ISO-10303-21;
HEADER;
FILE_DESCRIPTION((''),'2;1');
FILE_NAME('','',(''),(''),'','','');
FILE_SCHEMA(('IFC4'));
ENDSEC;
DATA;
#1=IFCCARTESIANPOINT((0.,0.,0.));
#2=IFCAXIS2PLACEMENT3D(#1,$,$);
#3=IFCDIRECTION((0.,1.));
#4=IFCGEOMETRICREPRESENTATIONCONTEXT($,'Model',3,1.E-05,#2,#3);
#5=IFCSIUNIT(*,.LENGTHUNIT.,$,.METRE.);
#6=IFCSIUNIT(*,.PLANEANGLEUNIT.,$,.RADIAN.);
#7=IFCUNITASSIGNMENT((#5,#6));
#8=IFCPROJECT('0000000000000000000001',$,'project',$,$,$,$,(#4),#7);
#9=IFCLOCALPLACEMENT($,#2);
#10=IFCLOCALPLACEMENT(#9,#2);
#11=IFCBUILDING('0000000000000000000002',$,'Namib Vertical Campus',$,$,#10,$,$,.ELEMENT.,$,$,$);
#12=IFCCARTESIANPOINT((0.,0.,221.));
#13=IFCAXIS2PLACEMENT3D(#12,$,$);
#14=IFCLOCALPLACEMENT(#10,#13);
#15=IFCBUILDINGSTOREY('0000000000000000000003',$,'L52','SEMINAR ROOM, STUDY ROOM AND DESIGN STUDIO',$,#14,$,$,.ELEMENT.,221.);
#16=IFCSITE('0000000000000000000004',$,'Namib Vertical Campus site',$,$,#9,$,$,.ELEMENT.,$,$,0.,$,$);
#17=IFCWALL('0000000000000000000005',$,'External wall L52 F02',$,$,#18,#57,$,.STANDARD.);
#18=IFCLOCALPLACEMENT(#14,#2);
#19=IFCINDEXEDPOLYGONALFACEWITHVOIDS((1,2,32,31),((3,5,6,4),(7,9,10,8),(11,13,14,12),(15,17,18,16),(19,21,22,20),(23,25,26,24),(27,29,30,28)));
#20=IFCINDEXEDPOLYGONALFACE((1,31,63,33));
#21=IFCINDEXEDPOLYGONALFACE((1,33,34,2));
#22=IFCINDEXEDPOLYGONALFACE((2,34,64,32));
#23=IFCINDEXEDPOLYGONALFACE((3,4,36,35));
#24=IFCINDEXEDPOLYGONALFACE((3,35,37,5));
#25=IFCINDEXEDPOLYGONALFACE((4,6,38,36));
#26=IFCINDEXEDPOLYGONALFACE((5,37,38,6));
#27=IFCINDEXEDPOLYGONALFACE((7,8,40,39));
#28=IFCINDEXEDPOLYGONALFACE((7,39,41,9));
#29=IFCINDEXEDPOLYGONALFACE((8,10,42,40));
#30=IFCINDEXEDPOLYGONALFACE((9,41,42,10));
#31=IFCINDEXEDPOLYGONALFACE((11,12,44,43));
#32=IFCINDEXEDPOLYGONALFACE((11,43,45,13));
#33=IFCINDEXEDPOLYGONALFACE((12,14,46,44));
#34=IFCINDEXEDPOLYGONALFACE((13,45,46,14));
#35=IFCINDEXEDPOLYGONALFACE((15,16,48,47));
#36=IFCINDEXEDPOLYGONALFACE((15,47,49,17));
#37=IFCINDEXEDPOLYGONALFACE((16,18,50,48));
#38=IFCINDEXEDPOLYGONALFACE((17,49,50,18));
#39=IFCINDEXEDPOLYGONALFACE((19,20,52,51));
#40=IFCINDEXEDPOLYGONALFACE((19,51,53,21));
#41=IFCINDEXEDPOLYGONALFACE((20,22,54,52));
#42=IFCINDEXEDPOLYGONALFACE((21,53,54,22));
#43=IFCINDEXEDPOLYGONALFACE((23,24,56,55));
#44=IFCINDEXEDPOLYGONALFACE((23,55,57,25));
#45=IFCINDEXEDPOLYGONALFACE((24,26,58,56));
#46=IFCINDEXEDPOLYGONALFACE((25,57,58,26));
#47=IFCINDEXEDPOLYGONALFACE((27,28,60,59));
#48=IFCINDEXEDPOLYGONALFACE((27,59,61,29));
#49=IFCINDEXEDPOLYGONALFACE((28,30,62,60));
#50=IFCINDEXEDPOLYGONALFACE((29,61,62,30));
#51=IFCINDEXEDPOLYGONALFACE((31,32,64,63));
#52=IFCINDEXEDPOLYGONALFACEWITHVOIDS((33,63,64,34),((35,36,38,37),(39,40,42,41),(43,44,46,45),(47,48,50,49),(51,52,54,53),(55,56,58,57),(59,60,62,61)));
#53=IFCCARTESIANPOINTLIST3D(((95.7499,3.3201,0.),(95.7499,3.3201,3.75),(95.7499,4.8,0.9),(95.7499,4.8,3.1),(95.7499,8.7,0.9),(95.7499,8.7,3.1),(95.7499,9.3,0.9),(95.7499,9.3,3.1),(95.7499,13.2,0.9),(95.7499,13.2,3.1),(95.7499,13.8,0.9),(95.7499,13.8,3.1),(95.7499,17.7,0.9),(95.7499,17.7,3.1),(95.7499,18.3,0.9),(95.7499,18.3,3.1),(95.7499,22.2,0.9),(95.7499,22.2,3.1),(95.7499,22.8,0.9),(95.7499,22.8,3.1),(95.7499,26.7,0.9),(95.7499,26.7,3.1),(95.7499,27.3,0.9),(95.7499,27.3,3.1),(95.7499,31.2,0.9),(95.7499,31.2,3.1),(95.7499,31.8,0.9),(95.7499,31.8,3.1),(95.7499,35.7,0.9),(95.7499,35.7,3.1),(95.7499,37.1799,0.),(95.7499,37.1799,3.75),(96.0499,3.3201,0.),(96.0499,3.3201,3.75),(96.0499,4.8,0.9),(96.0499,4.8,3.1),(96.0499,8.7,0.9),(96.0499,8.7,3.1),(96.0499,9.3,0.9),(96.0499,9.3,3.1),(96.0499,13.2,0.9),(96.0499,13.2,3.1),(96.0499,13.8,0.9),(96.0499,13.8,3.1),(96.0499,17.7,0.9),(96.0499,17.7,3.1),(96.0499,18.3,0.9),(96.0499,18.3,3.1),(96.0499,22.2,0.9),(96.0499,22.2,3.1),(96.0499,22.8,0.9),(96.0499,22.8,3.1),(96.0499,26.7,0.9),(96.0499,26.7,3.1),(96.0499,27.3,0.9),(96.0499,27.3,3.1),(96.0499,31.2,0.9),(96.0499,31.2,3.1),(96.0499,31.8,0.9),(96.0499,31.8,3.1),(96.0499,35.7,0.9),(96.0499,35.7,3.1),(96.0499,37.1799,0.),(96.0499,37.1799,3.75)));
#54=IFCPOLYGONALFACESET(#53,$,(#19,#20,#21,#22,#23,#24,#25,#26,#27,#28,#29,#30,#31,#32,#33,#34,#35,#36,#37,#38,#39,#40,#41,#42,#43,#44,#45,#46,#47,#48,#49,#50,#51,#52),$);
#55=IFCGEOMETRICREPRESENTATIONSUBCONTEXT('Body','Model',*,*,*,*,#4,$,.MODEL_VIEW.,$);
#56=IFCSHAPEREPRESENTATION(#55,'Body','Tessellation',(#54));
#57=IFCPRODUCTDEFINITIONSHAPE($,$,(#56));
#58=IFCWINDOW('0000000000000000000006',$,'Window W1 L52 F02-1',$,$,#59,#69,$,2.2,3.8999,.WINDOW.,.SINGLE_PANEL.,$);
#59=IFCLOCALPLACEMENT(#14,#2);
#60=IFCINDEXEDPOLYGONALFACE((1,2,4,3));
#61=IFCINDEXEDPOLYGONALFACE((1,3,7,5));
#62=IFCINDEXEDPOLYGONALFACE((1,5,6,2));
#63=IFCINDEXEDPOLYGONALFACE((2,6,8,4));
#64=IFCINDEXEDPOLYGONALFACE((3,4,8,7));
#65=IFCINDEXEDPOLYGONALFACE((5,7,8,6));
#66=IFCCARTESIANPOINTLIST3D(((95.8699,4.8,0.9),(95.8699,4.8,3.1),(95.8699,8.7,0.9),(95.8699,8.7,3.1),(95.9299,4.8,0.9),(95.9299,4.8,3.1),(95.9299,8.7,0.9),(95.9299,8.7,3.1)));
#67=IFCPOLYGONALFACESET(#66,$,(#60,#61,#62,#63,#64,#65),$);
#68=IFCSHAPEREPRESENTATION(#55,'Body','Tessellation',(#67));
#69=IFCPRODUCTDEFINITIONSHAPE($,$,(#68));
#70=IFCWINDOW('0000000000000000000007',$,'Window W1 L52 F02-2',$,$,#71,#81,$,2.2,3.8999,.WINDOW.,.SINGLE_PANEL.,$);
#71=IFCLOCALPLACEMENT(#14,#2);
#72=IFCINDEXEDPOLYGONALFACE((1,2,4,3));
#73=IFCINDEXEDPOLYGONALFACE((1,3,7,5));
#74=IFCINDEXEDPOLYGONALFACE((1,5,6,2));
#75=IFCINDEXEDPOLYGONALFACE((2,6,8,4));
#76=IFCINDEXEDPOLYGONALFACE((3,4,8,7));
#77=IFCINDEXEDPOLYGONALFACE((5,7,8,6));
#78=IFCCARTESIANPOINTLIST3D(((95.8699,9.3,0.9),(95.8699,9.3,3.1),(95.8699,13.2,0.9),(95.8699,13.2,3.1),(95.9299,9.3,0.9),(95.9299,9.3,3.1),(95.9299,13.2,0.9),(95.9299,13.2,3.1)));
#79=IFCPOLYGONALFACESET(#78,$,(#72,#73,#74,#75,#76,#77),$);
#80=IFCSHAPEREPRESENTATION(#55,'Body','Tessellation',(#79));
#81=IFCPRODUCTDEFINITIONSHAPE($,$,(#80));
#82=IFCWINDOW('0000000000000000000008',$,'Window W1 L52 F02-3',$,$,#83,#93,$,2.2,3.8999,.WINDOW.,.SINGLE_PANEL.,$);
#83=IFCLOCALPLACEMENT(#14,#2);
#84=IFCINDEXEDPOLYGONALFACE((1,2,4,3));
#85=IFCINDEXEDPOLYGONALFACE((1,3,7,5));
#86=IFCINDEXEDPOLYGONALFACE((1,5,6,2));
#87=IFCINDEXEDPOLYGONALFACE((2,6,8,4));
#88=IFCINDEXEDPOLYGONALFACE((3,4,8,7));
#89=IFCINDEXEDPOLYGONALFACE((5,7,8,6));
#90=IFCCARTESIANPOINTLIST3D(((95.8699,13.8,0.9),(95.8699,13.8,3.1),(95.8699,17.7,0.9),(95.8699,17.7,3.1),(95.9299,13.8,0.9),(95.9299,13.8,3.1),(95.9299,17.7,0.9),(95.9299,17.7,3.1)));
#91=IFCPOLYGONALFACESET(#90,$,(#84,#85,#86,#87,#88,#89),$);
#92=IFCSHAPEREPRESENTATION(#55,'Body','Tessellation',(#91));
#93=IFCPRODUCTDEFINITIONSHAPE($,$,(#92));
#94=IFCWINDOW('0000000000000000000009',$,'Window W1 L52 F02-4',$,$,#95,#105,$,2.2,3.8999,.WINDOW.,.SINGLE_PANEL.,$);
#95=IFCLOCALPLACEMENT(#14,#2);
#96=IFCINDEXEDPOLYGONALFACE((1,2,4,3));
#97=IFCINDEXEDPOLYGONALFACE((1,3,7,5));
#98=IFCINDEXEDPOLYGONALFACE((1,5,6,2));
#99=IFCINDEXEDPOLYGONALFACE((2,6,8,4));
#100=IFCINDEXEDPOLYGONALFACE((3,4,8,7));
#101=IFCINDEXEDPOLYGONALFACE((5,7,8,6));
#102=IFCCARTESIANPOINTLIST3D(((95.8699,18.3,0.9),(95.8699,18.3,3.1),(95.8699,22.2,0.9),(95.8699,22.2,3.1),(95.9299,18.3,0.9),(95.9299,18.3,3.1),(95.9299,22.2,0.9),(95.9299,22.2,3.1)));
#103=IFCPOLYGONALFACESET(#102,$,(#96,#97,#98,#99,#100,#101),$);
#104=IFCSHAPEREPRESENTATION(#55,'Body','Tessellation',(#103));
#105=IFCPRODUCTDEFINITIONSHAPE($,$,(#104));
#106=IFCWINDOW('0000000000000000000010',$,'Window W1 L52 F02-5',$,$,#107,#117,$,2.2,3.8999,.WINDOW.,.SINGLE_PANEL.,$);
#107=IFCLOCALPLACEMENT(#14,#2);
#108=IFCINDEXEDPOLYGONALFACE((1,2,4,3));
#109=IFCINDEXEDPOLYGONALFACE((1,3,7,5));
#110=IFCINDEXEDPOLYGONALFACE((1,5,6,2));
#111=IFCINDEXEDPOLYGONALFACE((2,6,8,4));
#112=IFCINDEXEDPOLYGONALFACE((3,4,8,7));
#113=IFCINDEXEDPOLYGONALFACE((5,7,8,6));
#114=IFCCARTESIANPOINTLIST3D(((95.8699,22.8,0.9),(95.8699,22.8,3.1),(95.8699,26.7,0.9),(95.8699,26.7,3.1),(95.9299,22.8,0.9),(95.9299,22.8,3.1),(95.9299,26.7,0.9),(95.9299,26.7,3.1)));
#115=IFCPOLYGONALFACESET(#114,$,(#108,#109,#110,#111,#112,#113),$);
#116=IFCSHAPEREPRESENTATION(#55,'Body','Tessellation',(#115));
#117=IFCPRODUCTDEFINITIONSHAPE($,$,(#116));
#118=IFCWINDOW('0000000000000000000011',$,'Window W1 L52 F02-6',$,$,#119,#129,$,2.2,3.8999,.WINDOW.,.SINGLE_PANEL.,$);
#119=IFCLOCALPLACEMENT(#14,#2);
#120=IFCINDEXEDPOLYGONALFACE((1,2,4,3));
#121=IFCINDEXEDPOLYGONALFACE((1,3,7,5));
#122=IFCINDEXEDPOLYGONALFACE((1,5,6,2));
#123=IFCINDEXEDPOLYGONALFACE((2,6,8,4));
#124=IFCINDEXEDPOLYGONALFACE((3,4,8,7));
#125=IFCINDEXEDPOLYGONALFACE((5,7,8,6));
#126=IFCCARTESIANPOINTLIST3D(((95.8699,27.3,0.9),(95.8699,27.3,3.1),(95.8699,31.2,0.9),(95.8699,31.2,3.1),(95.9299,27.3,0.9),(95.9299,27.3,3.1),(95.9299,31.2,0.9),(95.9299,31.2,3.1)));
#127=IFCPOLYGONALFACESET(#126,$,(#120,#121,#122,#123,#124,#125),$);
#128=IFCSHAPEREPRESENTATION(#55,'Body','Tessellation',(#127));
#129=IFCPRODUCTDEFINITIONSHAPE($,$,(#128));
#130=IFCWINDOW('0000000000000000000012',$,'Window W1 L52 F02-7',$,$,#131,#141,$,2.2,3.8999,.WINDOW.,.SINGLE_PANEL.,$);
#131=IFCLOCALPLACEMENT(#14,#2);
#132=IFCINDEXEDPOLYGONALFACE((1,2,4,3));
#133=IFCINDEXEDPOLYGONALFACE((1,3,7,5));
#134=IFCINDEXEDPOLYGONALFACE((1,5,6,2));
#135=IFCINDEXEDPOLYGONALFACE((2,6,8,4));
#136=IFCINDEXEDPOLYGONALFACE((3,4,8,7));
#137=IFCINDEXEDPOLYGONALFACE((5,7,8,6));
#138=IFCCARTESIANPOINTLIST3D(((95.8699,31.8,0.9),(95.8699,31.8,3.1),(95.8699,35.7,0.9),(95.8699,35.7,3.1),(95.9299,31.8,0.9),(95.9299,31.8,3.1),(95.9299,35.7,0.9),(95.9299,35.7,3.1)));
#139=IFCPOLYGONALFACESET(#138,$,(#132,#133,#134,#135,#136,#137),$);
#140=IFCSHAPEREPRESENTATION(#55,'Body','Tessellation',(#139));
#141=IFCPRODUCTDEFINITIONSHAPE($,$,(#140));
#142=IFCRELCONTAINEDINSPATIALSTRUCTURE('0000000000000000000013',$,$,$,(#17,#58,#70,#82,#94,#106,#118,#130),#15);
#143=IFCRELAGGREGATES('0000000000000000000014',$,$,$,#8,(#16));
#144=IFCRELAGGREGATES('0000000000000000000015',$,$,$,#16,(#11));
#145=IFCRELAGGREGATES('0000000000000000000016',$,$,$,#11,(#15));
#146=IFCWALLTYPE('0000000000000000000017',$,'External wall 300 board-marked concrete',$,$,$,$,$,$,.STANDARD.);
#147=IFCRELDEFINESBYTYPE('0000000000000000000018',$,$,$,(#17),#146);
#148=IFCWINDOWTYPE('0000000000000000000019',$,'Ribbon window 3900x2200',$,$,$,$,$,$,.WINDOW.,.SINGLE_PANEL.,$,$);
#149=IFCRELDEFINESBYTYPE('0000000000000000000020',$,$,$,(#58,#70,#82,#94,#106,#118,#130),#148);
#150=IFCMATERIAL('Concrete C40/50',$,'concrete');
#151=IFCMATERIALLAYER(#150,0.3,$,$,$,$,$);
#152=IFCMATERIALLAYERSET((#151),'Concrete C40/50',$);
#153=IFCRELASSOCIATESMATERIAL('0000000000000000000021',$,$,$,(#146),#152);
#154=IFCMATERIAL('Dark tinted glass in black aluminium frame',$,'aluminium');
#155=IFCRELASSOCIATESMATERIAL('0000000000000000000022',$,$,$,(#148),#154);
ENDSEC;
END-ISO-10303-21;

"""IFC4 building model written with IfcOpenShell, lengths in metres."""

from ifc_helpers import new_model, si_unit, direction, frame, frame_2d, origin, place, context, subcontext, project, spatial, rectangle, extrude, material, layer, layer_set, type_object, element, fill, save


model = new_model("IFC4")

# Units and contexts
model_context = context("Model", 3, precision=1e-05, world=origin(), true_north=direction((0.0, 1.0)))
body_context = subcontext(model_context, "Body", "Model", "MODEL_VIEW")
ifc_project = project(units=[si_unit("LENGTHUNIT", "METRE"), si_unit("PLANEANGLEUNIT", "RADIAN")], contexts=[model_context])

# Site, building, storey
site_placement = place(None, origin())
site = spatial("IfcSite", under=ifc_project, at=site_placement, Name="Namib Vertical Campus site", CompositionType="ELEMENT", RefElevation=0.0)
building_placement = place(site_placement, origin())
building = spatial("IfcBuilding", under=site, at=building_placement, Name="Namib Vertical Campus", CompositionType="ELEMENT")
storey_placement = place(building_placement, frame((0.0, 0.0, 221.0)))
storey = spatial("IfcBuildingStorey", under=building, at=storey_placement, Name="L52", Description="SEMINAR ROOM, STUDY ROOM AND DESIGN STUDIO", CompositionType="ELEMENT", Elevation=221.0)

# Wall, openings, windows
ifc_material_1 = material(Name="Concrete C40/50", Category="concrete")
ifc_layer_1 = layer(ifc_material_1, 0.3)
ifc_layer_set_1 = layer_set([ifc_layer_1], Name="Concrete C40/50")
wall_type_1 = type_object("IfcWallType", Name="External wall 300 board-marked concrete", PredefinedType="STANDARD", material=ifc_layer_set_1)
wall_1_placement = place(storey_placement, frame((95.8999, 3.3201, 0.0), z_axis=(0.0, 0.0, 1.0), x_axis=(0.0, 1.0, 0.0)))
wall_1 = element("IfcWall", 1, at=wall_1_placement, inside=storey, type_object=wall_type_1, Name="External wall L52 F02", PredefinedType="STANDARD", context=body_context, shape_type="SweptSolid", body=[
    extrude(rectangle(XDim=33.8599, YDim=0.3, at=frame_2d((16.9299, 0.0))), origin(), (0.0, 0.0, 1.0), 3.75),
])
opening_1_placement = place(wall_1_placement, frame((1.48, 0.0, 0.8999)))
opening_1 = element("IfcOpeningElement", 2, at=opening_1_placement, cuts=wall_1, PredefinedType="OPENING", context=body_context, shape_type="SweptSolid", body=[
    extrude(rectangle(XDim=3.8999, YDim=2.2, at=frame_2d((1.95, 1.1001))), frame((0.0, 0.1599, 0.0), z_axis=(0.0, -1.0, 0.0), x_axis=(1.0, 0.0, 0.0)), (0.0, 0.0, 1.0), 0.3201),
])
opening_2_placement = place(wall_1_placement, frame((5.98, 0.0, 0.8999)))
opening_2 = element("IfcOpeningElement", 3, at=opening_2_placement, cuts=wall_1, PredefinedType="OPENING", context=body_context, shape_type="SweptSolid", body=[
    extrude(rectangle(XDim=3.8999, YDim=2.2, at=frame_2d((1.95, 1.1001))), frame((0.0, 0.1599, 0.0), z_axis=(0.0, -1.0, 0.0), x_axis=(1.0, 0.0, 0.0)), (0.0, 0.0, 1.0), 0.3201),
])
opening_3_placement = place(wall_1_placement, frame((10.48, 0.0, 0.8999)))
opening_3 = element("IfcOpeningElement", 4, at=opening_3_placement, cuts=wall_1, PredefinedType="OPENING", context=body_context, shape_type="SweptSolid", body=[
    extrude(rectangle(XDim=3.8999, YDim=2.2, at=frame_2d((1.95, 1.1001))), frame((0.0, 0.1599, 0.0), z_axis=(0.0, -1.0, 0.0), x_axis=(1.0, 0.0, 0.0)), (0.0, 0.0, 1.0), 0.3201),
])
opening_4_placement = place(wall_1_placement, frame((14.98, 0.0, 0.8999)))
opening_4 = element("IfcOpeningElement", 5, at=opening_4_placement, cuts=wall_1, PredefinedType="OPENING", context=body_context, shape_type="SweptSolid", body=[
    extrude(rectangle(XDim=3.8999, YDim=2.2, at=frame_2d((1.95, 1.1001))), frame((0.0, 0.1599, 0.0), z_axis=(0.0, -1.0, 0.0), x_axis=(1.0, 0.0, 0.0)), (0.0, 0.0, 1.0), 0.3201),
])
opening_5_placement = place(wall_1_placement, frame((19.48, 0.0, 0.8999)))
opening_5 = element("IfcOpeningElement", 6, at=opening_5_placement, cuts=wall_1, PredefinedType="OPENING", context=body_context, shape_type="SweptSolid", body=[
    extrude(rectangle(XDim=3.8999, YDim=2.2, at=frame_2d((1.95, 1.1001))), frame((0.0, 0.1599, 0.0), z_axis=(0.0, -1.0, 0.0), x_axis=(1.0, 0.0, 0.0)), (0.0, 0.0, 1.0), 0.3201),
])
opening_6_placement = place(wall_1_placement, frame((23.98, 0.0, 0.8999)))
opening_6 = element("IfcOpeningElement", 7, at=opening_6_placement, cuts=wall_1, PredefinedType="OPENING", context=body_context, shape_type="SweptSolid", body=[
    extrude(rectangle(XDim=3.8999, YDim=2.2, at=frame_2d((1.95, 1.1001))), frame((0.0, 0.1599, 0.0), z_axis=(0.0, -1.0, 0.0), x_axis=(1.0, 0.0, 0.0)), (0.0, 0.0, 1.0), 0.3201),
])
opening_7_placement = place(wall_1_placement, frame((28.48, 0.0, 0.8999)))
opening_7 = element("IfcOpeningElement", 8, at=opening_7_placement, cuts=wall_1, PredefinedType="OPENING", context=body_context, shape_type="SweptSolid", body=[
    extrude(rectangle(XDim=3.8999, YDim=2.2, at=frame_2d((1.95, 1.1001))), frame((0.0, 0.1599, 0.0), z_axis=(0.0, -1.0, 0.0), x_axis=(1.0, 0.0, 0.0)), (0.0, 0.0, 1.0), 0.3201),
])
ifc_material_2 = material(Name="Dark tinted glass in black aluminium frame", Category="aluminium")
window_type = type_object("IfcWindowType", Name="Ribbon window 3900x2200", PartitioningType="SINGLE_PANEL", PredefinedType="WINDOW", material=ifc_material_2)
window_1_placement = place(opening_1_placement, origin())
window_1 = element("IfcWindow", 9, at=window_1_placement, inside=storey, type_object=window_type, Name="Window W1 L52 F02-1", OverallHeight=2.2, OverallWidth=3.8999, PartitioningType="SINGLE_PANEL", PredefinedType="WINDOW", context=body_context, shape_type="SweptSolid", body=[
    extrude(rectangle(XDim=3.8999, YDim=2.2, at=frame_2d((1.95, 1.1001))), frame((0.0, 0.03, 0.0), z_axis=(0.0, -1.0, 0.0), x_axis=(1.0, 0.0, 0.0)), (0.0, 0.0, 1.0), 0.0601),
])
fill(opening_1, window_1)
window_2_placement = place(opening_2_placement, origin())
window_2 = element("IfcWindow", 10, at=window_2_placement, inside=storey, type_object=window_type, Name="Window W1 L52 F02-2", OverallHeight=2.2, OverallWidth=3.8999, PartitioningType="SINGLE_PANEL", PredefinedType="WINDOW", context=body_context, shape_type="SweptSolid", body=[
    extrude(rectangle(XDim=3.8999, YDim=2.2, at=frame_2d((1.95, 1.1001))), frame((0.0, 0.03, 0.0), z_axis=(0.0, -1.0, 0.0), x_axis=(1.0, 0.0, 0.0)), (0.0, 0.0, 1.0), 0.0601),
])
fill(opening_2, window_2)
window_3_placement = place(opening_3_placement, origin())
window_3 = element("IfcWindow", 11, at=window_3_placement, inside=storey, type_object=window_type, Name="Window W1 L52 F02-3", OverallHeight=2.2, OverallWidth=3.8999, PartitioningType="SINGLE_PANEL", PredefinedType="WINDOW", context=body_context, shape_type="SweptSolid", body=[
    extrude(rectangle(XDim=3.8999, YDim=2.2, at=frame_2d((1.95, 1.1001))), frame((0.0, 0.03, 0.0), z_axis=(0.0, -1.0, 0.0), x_axis=(1.0, 0.0, 0.0)), (0.0, 0.0, 1.0), 0.0601),
])
fill(opening_3, window_3)
window_4_placement = place(opening_4_placement, origin())
window_4 = element("IfcWindow", 12, at=window_4_placement, inside=storey, type_object=window_type, Name="Window W1 L52 F02-4", OverallHeight=2.2, OverallWidth=3.8999, PartitioningType="SINGLE_PANEL", PredefinedType="WINDOW", context=body_context, shape_type="SweptSolid", body=[
    extrude(rectangle(XDim=3.8999, YDim=2.2, at=frame_2d((1.95, 1.1001))), frame((0.0, 0.03, 0.0), z_axis=(0.0, -1.0, 0.0), x_axis=(1.0, 0.0, 0.0)), (0.0, 0.0, 1.0), 0.0601),
])
fill(opening_4, window_4)
window_5_placement = place(opening_5_placement, origin())
window_5 = element("IfcWindow", 13, at=window_5_placement, inside=storey, type_object=window_type, Name="Window W1 L52 F02-5", OverallHeight=2.2, OverallWidth=3.8999, PartitioningType="SINGLE_PANEL", PredefinedType="WINDOW", context=body_context, shape_type="SweptSolid", body=[
    extrude(rectangle(XDim=3.8999, YDim=2.2, at=frame_2d((1.95, 1.1001))), frame((0.0, 0.03, 0.0), z_axis=(0.0, -1.0, 0.0), x_axis=(1.0, 0.0, 0.0)), (0.0, 0.0, 1.0), 0.0601),
])
fill(opening_5, window_5)
window_6_placement = place(opening_6_placement, origin())
window_6 = element("IfcWindow", 14, at=window_6_placement, inside=storey, type_object=window_type, Name="Window W1 L52 F02-6", OverallHeight=2.2, OverallWidth=3.8999, PartitioningType="SINGLE_PANEL", PredefinedType="WINDOW", context=body_context, shape_type="SweptSolid", body=[
    extrude(rectangle(XDim=3.8999, YDim=2.2, at=frame_2d((1.95, 1.1001))), frame((0.0, 0.03, 0.0), z_axis=(0.0, -1.0, 0.0), x_axis=(1.0, 0.0, 0.0)), (0.0, 0.0, 1.0), 0.0601),
])
fill(opening_6, window_6)
window_7_placement = place(opening_7_placement, origin())
window_7 = element("IfcWindow", 15, at=window_7_placement, inside=storey, type_object=window_type, Name="Window W1 L52 F02-7", OverallHeight=2.2, OverallWidth=3.8999, PartitioningType="SINGLE_PANEL", PredefinedType="WINDOW", context=body_context, shape_type="SweptSolid", body=[
    extrude(rectangle(XDim=3.8999, YDim=2.2, at=frame_2d((1.95, 1.1001))), frame((0.0, 0.03, 0.0), z_axis=(0.0, -1.0, 0.0), x_axis=(1.0, 0.0, 0.0)), (0.0, 0.0, 1.0), 0.0601),
])
fill(opening_7, window_7)

save(model, "model.ifc")
